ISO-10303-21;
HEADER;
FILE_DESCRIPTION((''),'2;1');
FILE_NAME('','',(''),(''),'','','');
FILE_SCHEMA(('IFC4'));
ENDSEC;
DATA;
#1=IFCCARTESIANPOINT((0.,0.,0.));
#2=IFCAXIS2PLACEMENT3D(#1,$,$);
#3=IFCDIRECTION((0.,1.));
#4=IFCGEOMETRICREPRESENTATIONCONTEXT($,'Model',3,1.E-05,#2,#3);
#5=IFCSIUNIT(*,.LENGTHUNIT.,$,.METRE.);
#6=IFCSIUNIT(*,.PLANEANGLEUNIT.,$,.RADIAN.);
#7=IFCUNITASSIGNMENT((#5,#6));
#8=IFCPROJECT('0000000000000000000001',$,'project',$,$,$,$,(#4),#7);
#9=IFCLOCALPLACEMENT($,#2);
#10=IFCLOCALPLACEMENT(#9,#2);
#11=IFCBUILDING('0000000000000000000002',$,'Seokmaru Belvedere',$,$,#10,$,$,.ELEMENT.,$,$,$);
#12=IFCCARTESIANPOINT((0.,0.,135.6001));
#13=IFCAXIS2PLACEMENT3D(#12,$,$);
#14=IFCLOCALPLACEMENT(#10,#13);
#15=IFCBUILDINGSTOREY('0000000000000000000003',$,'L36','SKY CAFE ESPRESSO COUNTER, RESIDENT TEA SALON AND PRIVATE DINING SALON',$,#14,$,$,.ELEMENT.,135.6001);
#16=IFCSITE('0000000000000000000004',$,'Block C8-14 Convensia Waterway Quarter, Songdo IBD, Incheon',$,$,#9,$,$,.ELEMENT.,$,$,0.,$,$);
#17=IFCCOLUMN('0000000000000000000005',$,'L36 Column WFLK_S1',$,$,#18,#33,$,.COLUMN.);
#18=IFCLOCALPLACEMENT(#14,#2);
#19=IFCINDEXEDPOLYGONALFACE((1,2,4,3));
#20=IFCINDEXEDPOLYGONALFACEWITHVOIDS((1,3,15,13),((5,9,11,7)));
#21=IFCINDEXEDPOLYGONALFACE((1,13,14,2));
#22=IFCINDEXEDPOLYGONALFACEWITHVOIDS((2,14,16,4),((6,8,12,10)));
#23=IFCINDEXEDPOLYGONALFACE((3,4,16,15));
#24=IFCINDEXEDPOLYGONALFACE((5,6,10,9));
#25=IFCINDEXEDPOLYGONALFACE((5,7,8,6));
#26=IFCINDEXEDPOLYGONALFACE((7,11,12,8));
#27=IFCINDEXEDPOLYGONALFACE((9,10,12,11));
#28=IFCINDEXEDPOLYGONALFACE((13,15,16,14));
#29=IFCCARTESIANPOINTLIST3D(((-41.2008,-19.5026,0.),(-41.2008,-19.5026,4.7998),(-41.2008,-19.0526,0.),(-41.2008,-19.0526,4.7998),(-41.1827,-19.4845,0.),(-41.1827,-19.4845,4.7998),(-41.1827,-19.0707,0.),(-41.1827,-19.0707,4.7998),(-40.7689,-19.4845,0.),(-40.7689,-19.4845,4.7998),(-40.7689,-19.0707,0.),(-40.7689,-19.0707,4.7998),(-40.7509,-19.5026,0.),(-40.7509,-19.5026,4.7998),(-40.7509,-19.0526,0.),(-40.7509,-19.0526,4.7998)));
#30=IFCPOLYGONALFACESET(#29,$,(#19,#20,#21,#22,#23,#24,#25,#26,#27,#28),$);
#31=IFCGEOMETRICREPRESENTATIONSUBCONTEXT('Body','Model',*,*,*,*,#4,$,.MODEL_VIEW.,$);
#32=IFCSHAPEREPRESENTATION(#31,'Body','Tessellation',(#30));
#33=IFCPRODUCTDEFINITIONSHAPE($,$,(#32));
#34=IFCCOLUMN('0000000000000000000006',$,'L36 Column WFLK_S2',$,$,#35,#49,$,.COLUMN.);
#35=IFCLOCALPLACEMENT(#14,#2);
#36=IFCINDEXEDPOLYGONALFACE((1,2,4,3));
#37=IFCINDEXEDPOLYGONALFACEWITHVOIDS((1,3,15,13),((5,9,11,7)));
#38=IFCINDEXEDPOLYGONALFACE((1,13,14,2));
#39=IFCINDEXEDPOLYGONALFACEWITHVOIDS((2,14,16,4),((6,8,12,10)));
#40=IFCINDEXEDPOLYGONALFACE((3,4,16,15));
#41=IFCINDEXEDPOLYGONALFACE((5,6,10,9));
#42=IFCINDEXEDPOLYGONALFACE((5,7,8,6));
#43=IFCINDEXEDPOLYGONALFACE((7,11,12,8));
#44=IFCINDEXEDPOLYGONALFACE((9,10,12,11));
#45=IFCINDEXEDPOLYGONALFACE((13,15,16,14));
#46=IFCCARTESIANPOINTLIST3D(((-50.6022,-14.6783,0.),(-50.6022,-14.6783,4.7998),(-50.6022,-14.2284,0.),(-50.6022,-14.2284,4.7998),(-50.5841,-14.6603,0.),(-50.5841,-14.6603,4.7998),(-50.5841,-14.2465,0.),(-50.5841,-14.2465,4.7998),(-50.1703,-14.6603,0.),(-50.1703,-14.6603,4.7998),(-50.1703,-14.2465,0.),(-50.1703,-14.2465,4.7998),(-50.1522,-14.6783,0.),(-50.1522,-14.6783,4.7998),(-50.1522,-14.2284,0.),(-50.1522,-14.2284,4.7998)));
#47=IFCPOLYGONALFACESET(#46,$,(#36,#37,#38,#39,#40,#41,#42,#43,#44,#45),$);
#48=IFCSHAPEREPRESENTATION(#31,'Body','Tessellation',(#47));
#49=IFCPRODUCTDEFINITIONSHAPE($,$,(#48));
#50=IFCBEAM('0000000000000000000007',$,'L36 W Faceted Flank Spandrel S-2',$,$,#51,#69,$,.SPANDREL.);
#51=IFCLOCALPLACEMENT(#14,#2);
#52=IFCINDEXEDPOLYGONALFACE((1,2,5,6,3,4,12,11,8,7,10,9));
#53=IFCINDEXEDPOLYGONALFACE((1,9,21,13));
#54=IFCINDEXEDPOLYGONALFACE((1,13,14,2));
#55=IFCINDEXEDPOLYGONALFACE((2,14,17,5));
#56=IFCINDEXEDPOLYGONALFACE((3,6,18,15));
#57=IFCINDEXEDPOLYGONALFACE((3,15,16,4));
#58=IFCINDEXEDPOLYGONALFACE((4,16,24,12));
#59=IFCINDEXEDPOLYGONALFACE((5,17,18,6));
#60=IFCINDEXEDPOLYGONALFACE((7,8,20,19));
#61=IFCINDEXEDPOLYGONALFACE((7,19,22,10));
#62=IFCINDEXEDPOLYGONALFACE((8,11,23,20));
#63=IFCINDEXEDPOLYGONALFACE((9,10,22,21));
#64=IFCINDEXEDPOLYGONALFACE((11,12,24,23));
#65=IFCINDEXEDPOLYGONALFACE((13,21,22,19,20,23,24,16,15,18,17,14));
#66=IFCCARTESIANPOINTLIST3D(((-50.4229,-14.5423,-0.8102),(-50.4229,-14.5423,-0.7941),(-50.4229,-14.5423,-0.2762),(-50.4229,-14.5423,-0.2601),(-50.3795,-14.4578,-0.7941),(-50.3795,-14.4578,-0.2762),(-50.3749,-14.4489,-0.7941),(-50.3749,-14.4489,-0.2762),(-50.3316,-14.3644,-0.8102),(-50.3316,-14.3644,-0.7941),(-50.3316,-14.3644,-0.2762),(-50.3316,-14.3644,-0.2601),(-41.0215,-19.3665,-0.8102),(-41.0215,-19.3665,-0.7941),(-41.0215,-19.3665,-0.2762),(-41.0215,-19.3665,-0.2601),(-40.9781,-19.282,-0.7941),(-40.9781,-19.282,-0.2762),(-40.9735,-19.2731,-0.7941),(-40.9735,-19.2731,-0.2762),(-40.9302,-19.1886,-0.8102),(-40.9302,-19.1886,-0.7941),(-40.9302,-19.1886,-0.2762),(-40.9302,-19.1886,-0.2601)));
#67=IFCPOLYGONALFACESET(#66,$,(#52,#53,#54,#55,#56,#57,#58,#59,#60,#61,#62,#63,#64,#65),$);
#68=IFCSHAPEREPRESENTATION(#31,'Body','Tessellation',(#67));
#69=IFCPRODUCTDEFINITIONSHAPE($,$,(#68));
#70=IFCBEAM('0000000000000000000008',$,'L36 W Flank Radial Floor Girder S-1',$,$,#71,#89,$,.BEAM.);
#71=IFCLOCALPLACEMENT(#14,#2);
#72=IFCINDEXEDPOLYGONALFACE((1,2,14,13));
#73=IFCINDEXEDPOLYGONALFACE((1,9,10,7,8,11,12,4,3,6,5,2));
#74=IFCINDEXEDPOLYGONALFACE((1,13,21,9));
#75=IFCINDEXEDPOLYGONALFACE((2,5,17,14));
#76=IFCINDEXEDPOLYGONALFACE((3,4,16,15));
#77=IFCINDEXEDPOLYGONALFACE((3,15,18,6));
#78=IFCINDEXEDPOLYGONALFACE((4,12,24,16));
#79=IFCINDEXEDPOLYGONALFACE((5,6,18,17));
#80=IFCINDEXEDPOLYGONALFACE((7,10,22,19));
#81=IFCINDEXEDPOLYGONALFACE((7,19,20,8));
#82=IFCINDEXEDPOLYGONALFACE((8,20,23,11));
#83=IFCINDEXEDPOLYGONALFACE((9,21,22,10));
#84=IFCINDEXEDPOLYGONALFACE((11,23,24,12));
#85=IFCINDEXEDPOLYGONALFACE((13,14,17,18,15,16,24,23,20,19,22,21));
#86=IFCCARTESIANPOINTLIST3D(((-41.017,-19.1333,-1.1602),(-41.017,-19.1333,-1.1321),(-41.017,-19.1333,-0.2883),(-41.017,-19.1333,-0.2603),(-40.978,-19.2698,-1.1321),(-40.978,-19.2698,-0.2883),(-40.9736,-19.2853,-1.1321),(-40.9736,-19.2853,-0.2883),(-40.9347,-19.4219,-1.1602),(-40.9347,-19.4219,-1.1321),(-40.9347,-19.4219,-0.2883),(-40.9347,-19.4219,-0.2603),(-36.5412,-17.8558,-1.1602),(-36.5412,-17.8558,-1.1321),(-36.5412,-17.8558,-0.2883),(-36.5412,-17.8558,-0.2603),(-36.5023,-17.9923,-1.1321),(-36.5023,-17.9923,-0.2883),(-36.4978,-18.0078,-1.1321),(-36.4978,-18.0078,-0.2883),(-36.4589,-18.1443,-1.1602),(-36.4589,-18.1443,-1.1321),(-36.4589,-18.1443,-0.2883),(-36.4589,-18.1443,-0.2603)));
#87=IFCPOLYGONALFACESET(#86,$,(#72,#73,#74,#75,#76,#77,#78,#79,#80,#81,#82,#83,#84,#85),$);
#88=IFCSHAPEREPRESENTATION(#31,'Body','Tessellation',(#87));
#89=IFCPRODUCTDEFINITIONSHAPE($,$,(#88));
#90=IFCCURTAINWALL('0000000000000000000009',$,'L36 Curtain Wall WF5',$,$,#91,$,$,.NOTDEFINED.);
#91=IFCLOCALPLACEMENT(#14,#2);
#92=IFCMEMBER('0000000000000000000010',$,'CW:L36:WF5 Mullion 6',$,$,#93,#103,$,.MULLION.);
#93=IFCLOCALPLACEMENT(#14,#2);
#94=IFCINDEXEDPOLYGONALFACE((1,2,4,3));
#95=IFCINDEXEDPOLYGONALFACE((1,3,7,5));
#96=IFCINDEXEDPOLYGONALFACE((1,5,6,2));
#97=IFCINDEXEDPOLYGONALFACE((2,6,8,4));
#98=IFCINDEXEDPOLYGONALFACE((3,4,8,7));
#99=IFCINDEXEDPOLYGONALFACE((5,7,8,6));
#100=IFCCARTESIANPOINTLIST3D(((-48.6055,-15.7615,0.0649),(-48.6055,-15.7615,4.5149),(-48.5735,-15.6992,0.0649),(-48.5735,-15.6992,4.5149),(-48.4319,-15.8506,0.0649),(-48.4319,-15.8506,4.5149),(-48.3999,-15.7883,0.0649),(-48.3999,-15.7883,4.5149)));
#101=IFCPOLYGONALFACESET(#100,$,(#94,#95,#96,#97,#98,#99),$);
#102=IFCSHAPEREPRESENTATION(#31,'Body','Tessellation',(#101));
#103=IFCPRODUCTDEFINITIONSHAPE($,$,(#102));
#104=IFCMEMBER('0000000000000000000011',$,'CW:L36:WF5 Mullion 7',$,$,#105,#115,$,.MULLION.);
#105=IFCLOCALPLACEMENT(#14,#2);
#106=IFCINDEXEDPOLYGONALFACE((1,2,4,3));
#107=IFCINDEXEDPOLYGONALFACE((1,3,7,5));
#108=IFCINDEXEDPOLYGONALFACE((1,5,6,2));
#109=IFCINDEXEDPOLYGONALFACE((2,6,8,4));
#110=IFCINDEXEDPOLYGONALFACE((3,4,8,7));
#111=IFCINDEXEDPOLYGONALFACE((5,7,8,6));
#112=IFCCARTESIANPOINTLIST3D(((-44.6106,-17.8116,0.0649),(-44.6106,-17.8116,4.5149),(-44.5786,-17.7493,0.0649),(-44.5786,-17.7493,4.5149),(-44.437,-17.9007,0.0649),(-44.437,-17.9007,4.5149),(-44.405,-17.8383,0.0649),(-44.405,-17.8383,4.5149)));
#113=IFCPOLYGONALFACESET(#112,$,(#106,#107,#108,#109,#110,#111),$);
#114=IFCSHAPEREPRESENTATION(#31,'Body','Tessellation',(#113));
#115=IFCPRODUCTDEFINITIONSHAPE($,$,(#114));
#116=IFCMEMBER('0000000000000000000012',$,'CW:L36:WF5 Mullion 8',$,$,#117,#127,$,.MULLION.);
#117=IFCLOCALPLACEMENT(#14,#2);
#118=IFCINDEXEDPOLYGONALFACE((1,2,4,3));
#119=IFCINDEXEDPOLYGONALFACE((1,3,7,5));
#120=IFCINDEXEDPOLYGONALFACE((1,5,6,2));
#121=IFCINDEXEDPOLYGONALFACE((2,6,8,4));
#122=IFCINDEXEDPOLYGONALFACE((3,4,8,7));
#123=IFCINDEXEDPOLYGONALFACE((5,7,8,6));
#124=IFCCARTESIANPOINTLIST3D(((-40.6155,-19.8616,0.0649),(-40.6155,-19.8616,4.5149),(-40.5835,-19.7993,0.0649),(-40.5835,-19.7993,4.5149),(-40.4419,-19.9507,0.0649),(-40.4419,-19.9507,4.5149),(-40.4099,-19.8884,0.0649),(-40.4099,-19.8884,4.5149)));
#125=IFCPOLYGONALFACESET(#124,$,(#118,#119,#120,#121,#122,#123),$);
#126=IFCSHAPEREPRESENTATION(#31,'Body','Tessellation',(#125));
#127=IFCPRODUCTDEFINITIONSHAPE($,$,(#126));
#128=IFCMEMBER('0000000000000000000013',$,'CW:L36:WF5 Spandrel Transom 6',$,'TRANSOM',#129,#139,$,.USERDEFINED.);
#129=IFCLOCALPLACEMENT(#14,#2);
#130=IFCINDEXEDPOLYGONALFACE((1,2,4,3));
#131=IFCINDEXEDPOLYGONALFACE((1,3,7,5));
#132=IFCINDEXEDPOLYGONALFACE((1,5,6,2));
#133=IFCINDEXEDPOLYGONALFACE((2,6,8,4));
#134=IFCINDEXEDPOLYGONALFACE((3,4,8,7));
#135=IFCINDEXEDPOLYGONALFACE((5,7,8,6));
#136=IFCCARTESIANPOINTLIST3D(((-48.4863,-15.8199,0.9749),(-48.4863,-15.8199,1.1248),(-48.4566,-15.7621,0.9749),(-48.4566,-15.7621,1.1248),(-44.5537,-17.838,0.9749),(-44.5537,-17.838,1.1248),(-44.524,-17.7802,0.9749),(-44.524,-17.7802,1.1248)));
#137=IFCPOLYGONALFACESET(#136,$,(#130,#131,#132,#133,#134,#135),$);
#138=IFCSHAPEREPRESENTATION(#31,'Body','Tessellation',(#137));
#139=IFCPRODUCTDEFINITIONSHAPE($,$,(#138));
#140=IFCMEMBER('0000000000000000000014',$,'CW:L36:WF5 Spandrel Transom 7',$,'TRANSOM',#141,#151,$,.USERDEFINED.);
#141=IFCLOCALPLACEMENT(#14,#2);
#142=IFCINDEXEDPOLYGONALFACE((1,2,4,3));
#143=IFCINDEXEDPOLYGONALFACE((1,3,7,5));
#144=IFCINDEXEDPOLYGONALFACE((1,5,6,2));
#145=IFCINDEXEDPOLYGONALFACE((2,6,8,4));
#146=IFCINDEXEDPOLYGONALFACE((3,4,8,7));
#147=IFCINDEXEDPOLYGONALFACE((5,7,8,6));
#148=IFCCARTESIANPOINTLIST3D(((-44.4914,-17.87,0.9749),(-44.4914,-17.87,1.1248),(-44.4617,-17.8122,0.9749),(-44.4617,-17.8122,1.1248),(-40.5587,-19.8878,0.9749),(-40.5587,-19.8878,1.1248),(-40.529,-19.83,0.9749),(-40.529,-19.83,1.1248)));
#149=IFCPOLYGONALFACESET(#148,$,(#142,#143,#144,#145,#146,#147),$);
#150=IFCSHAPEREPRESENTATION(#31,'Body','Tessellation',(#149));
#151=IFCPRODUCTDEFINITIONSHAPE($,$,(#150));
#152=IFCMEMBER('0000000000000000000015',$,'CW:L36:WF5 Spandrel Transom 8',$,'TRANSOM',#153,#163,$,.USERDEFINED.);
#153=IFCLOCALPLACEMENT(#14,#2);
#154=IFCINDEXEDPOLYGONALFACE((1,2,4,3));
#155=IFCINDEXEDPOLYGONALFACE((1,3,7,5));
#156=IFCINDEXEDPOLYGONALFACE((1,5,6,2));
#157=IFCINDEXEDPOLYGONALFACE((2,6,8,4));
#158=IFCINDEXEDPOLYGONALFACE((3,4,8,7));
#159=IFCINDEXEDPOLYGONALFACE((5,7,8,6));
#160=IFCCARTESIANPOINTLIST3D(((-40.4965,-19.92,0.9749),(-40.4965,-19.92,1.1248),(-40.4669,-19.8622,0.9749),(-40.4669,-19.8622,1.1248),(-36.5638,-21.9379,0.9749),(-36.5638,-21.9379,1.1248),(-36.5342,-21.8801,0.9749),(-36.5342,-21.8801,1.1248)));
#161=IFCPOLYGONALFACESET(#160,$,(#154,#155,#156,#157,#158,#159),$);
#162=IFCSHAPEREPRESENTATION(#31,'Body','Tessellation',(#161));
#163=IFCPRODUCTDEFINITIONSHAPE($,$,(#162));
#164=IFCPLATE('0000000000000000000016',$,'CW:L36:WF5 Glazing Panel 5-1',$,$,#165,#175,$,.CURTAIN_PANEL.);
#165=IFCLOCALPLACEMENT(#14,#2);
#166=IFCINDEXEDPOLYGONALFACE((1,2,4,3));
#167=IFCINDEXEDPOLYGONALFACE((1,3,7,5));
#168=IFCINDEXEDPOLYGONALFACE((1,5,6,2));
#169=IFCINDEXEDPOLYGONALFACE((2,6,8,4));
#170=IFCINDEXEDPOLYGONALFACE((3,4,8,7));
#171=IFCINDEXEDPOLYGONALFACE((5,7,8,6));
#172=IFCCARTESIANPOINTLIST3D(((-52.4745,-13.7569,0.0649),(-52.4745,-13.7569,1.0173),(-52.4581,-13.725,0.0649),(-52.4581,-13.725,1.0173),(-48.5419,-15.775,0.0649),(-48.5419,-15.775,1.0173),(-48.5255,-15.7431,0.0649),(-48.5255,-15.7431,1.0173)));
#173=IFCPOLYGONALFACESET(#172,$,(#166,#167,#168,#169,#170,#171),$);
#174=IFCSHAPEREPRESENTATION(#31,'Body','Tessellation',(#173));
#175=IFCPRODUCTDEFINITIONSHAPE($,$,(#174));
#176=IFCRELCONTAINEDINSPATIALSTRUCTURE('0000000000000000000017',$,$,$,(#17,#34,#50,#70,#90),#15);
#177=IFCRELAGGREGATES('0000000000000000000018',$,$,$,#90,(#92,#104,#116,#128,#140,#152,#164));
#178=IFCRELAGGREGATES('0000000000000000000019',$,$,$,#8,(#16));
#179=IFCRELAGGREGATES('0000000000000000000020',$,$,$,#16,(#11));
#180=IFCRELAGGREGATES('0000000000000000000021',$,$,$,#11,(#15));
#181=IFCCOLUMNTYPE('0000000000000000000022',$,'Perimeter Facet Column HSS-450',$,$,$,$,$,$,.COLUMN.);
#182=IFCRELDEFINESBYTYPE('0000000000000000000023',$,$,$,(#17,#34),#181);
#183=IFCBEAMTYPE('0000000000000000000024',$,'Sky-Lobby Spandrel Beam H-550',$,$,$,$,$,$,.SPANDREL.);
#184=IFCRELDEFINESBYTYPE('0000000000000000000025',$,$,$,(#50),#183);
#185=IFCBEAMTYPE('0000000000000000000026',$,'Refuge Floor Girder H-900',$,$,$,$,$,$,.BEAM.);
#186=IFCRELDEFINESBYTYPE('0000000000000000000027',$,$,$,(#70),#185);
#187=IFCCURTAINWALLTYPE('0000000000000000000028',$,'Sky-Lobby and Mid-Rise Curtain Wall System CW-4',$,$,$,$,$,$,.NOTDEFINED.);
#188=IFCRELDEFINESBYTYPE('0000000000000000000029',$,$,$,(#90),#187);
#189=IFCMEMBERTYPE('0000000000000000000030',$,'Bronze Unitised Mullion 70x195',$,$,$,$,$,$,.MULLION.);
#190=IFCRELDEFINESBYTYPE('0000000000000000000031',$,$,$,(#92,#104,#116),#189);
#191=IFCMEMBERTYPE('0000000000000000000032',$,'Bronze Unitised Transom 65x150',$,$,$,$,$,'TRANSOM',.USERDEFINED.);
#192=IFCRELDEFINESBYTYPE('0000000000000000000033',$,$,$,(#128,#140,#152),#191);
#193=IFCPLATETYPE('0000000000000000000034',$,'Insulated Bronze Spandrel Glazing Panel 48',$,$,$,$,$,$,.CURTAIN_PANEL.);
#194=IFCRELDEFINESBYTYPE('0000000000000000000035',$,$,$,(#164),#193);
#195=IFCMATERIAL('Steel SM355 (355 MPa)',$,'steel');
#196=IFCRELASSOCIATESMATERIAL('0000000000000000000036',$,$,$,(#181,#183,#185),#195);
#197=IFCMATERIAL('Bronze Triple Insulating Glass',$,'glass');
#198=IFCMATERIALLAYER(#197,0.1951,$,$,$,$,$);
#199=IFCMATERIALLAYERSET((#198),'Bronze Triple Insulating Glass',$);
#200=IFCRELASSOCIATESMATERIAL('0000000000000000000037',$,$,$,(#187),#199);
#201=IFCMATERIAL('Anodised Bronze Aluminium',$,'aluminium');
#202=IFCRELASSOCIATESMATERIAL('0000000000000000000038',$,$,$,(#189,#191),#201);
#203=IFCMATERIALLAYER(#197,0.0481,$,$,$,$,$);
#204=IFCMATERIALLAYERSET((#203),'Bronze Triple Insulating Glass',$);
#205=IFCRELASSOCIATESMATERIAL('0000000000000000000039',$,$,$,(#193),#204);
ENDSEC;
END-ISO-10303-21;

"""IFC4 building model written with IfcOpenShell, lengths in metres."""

from ifc_helpers import new_model, si_unit, direction, frame, origin, origin_2d, place, context, subcontext, project, spatial, rectangle, hollow_rectangle, i_section, extrude, source, transform, mapped, material, layer, layer_set, material_profile, profile_set, type_object, type_shapes, element, aggregate, save


model = new_model("IFC4")

# Units and contexts
model_context = context("Model", 3, precision=1e-05, world=origin(), true_north=direction((0.0, 1.0)))
body_context = subcontext(model_context, "Body", "Model", "MODEL_VIEW")
ifc_project = project(units=[si_unit("LENGTHUNIT", "METRE"), si_unit("PLANEANGLEUNIT", "RADIAN")], contexts=[model_context])

# Site, building, storey
site_placement = place(None, origin())
site = spatial("IfcSite", under=ifc_project, at=site_placement, Name="Block C8-14 Convensia Waterway Quarter, Songdo IBD, Incheon", CompositionType="ELEMENT", RefElevation=0.0)
building_placement = place(site_placement, origin())
building = spatial("IfcBuilding", under=site, at=building_placement, Name="Seokmaru Belvedere", CompositionType="ELEMENT")
storey_placement = place(building_placement, frame((0.0, 0.0, 135.6001)))
storey = spatial("IfcBuildingStorey", under=building, at=storey_placement, Name="L36", Description="SKY CAFE ESPRESSO COUNTER, RESIDENT TEA SALON AND PRIVATE DINING SALON", CompositionType="ELEMENT", Elevation=135.6001)

# Columns
ifc_material_1 = material(Name="Steel SM355 (355 MPa)", Category="steel")
ifc_material_profile_1 = material_profile(ifc_material_1, hollow_rectangle(XDim=0.45, YDim=0.45, WallThickness=0.0181, at=origin_2d()), Name="HSS-450x450x18")
ifc_profile_set_1 = profile_set([ifc_material_profile_1], Name="Steel SM355 (355 MPa)")
column_type = type_object("IfcColumnType", Name="Perimeter Facet Column HSS-450", PredefinedType="COLUMN", material=ifc_profile_set_1)
shared_shape_1 = source(origin(), body_context, "Body", "SweptSolid", [
    extrude(hollow_rectangle(XDim=0.45, YDim=0.45, WallThickness=0.0181, at=origin_2d()), origin(), (0.0, 0.0, 1.0), 4.7998),
])
type_shapes(column_type, [shared_shape_1])
for number, where, z_axis, x_axis, name in (
    (1, (-40.9758, -19.2776, 0.0), (0.0, 0.0, 1.0), (1.0, 0.0, 0.0), "L36 Column WFLK_S1"),
    (2, (-50.3772, -14.4534, 0.0), (0.0, 0.0, 1.0), (1.0, 0.0, 0.0), "L36 Column WFLK_S2"),
):
    element("IfcColumn", number, at=place(storey_placement, frame(where, z_axis=z_axis, x_axis=x_axis)), inside=storey, type_object=column_type, Name=name, PredefinedType="COLUMN", context=body_context, shape_type="MappedRepresentation", body=[
        mapped(shared_shape_1, transform((0.0, 0.0, 0.0), scale=1.0)),
    ])

# Beams
ifc_material_profile_2 = material_profile(ifc_material_1, i_section(OverallWidth=0.2, OverallDepth=0.55, WebThickness=0.01, FlangeThickness=0.0161, at=origin_2d()), Name="H-550x200x10x16")
ifc_profile_set_2 = profile_set([ifc_material_profile_2], Name="Steel SM355 (355 MPa)")
beam_type_1 = type_object("IfcBeamType", Name="Sky-Lobby Spandrel Beam H-550", PredefinedType="SPANDREL", material=ifc_profile_set_2)
shared_shape_2 = source(origin(), body_context, "Body", "SweptSolid", [
    extrude(i_section(OverallWidth=0.2, OverallDepth=0.55, WebThickness=0.01, FlangeThickness=0.0161, at=origin_2d()), origin(), (0.0, 0.0, 1.0), 10.5669),
])
type_shapes(beam_type_1, [shared_shape_2])
beam_1_placement = place(storey_placement, frame((-40.9758, -19.2776, -0.5352), z_axis=(-0.889702, 0.456542, 0.0), x_axis=(-0.456542, -0.889702, 0.0)))
element("IfcBeam", 3, at=beam_1_placement, inside=storey, type_object=beam_type_1, Name="L36 W Faceted Flank Spandrel S-2", PredefinedType="SPANDREL", context=body_context, shape_type="MappedRepresentation", body=[
    mapped(shared_shape_2, transform((0.0, 0.0, 0.0), scale=1.0)),
])
ifc_material_profile_3 = material_profile(ifc_material_1, i_section(OverallWidth=0.3, OverallDepth=0.8999, WebThickness=0.0161, FlangeThickness=0.0281, at=origin_2d()), Name="H-900x300x16x28")
ifc_profile_set_3 = profile_set([ifc_material_profile_3], Name="Steel SM355 (355 MPa)")
beam_type_2 = type_object("IfcBeamType", Name="Refuge Floor Girder H-900", PredefinedType="BEAM", material=ifc_profile_set_3)
shared_shape_3 = source(origin(), body_context, "Body", "SweptSolid", [
    extrude(i_section(OverallWidth=0.3, OverallDepth=0.8999, WebThickness=0.0161, FlangeThickness=0.0281, at=origin_2d()), origin(), (0.0, 0.0, 1.0), 4.6545),
])
type_shapes(beam_type_2, [shared_shape_3])
beam_2_placement = place(storey_placement, frame((-40.9758, -19.2776, -0.7102), z_axis=(0.961593, 0.274479, 0.0), x_axis=(-0.274479, 0.961593, 0.0)))
element("IfcBeam", 4, at=beam_2_placement, inside=storey, type_object=beam_type_2, Name="L36 W Flank Radial Floor Girder S-1", PredefinedType="BEAM", context=body_context, shape_type="MappedRepresentation", body=[
    mapped(shared_shape_3, transform((0.0, 0.0, 0.0), scale=1.0)),
])

# Curtain wall, members, plate
ifc_material_2 = material(Name="Bronze Triple Insulating Glass", Category="glass")
ifc_layer_1 = layer(ifc_material_2, 0.1951)
ifc_layer_set_1 = layer_set([ifc_layer_1], Name="Bronze Triple Insulating Glass")
curtain_wall_type = type_object("IfcCurtainWallType", Name="Sky-Lobby and Mid-Rise Curtain Wall System CW-4", PredefinedType="NOTDEFINED", material=ifc_layer_set_1)
curtain_wall_placement = place(storey_placement, origin())
curtain_wall = element("IfcCurtainWall", 5, at=curtain_wall_placement, inside=storey, type_object=curtain_wall_type, Name="L36 Curtain Wall WF5", PredefinedType="NOTDEFINED")
ifc_material_3 = material(Name="Anodised Bronze Aluminium", Category="aluminium")
ifc_material_profile_4 = material_profile(ifc_material_3, rectangle(XDim=0.0701, YDim=0.1951, at=origin_2d()), Name="CW-M-70x195")
ifc_profile_set_4 = profile_set([ifc_material_profile_4], Name="Anodised Bronze Aluminium")
member_type_1 = type_object("IfcMemberType", Name="Bronze Unitised Mullion 70x195", PredefinedType="MULLION", material=ifc_profile_set_4)
shared_shape_4 = source(origin(), body_context, "Body", "SweptSolid", [
    extrude(rectangle(XDim=0.0701, YDim=0.1951, at=origin_2d()), origin(), (0.0, 0.0, 1.0), 4.45),
])
type_shapes(member_type_1, [shared_shape_4])
member_1_placement = place(storey_placement, frame((-48.5027, -15.7749, 0.0649), z_axis=(0.0, 0.0, 1.0), x_axis=(0.456555, 0.889695, 0.0)))
member_1 = element("IfcMember", 6, at=member_1_placement, type_object=member_type_1, Name="CW:L36:WF5 Mullion 6", PredefinedType="MULLION", context=body_context, shape_type="MappedRepresentation", body=[
    mapped(shared_shape_4, transform((0.0, 0.0, 0.0), scale=1.0)),
])
member_2_placement = place(storey_placement, frame((-44.5078, -17.825, 0.0649), z_axis=(0.0, 0.0, 1.0), x_axis=(0.456555, 0.889695, 0.0)))
member_2 = element("IfcMember", 7, at=member_2_placement, type_object=member_type_1, Name="CW:L36:WF5 Mullion 7", PredefinedType="MULLION", context=body_context, shape_type="MappedRepresentation", body=[
    mapped(shared_shape_4, transform((0.0, 0.0, 0.0), scale=1.0)),
])
member_3_placement = place(storey_placement, frame((-40.5127, -19.875, 0.0649), z_axis=(0.0, 0.0, 1.0), x_axis=(0.456555, 0.889695, 0.0)))
member_3 = element("IfcMember", 8, at=member_3_placement, type_object=member_type_1, Name="CW:L36:WF5 Mullion 8", PredefinedType="MULLION", context=body_context, shape_type="MappedRepresentation", body=[
    mapped(shared_shape_4, transform((0.0, 0.0, 0.0), scale=1.0)),
])
ifc_material_profile_5 = material_profile(ifc_material_3, rectangle(XDim=0.0649, YDim=0.1499, at=origin_2d()), Name="CW-T-65x150")
ifc_profile_set_5 = profile_set([ifc_material_profile_5], Name="Anodised Bronze Aluminium")
member_type_2 = type_object("IfcMemberType", Name="Bronze Unitised Transom 65x150", ElementType="TRANSOM", PredefinedType="USERDEFINED", material=ifc_profile_set_5)
shared_shape_5 = source(origin(), body_context, "Body", "SweptSolid", [
    extrude(rectangle(XDim=0.0649, YDim=0.1499, at=origin_2d()), origin(), (0.0, 0.0, 1.0), 4.4202),
])
type_shapes(member_type_2, [shared_shape_5])
member_4_placement = place(storey_placement, frame((-48.4714, -15.791, 1.0498), z_axis=(0.889694, -0.456557, 0.0), x_axis=(0.456557, 0.889694, 0.0)))
member_4 = element("IfcMember", 9, at=member_4_placement, type_object=member_type_2, Name="CW:L36:WF5 Spandrel Transom 6", ObjectType="TRANSOM", PredefinedType="USERDEFINED", context=body_context, shape_type="MappedRepresentation", body=[
    mapped(shared_shape_5, transform((0.0, 0.0, 0.0), scale=1.0)),
])
member_5_placement = place(storey_placement, frame((-44.4766, -17.8411, 1.0498), z_axis=(0.889717, -0.456513, 0.0), x_axis=(0.456513, 0.889717, 0.0)))
member_5 = element("IfcMember", 10, at=member_5_placement, type_object=member_type_2, Name="CW:L36:WF5 Spandrel Transom 7", ObjectType="TRANSOM", PredefinedType="USERDEFINED", context=body_context, shape_type="MappedRepresentation", body=[
    mapped(shared_shape_5, transform((0.0, 0.0, 0.0), scale=1.0)),
])
member_6_placement = place(storey_placement, frame((-40.4817, -19.8911, 1.0498), z_axis=(0.889717, -0.456513, 0.0), x_axis=(0.456513, 0.889717, 0.0)))
member_6 = element("IfcMember", 11, at=member_6_placement, type_object=member_type_2, Name="CW:L36:WF5 Spandrel Transom 8", ObjectType="TRANSOM", PredefinedType="USERDEFINED", context=body_context, shape_type="MappedRepresentation", body=[
    mapped(shared_shape_5, transform((0.0, 0.0, 0.0), scale=1.0)),
])
ifc_layer_2 = layer(ifc_material_2, 0.0481)
ifc_layer_set_2 = layer_set([ifc_layer_2], Name="Bronze Triple Insulating Glass")
plate_type_1 = type_object("IfcPlateType", Name="Insulated Bronze Spandrel Glazing Panel 48", PredefinedType="CURTAIN_PANEL", material=ifc_layer_set_2)
shared_shape_6 = source(origin(), body_context, "Body", "SweptSolid", [
    extrude(rectangle(XDim=4.4202, YDim=0.0359, at=origin_2d()), origin(), (0.0, 0.0, 1.0), 0.9524),
])
type_shapes(plate_type_1, [shared_shape_6])
plate_1_placement = place(storey_placement, frame((-50.5, -14.75, 0.0649), z_axis=(0.0, 0.0, 1.0), x_axis=(0.889695, -0.456555, 0.0)))
plate_1 = element("IfcPlate", 12, at=plate_1_placement, type_object=plate_type_1, Name="CW:L36:WF5 Glazing Panel 5-1", PredefinedType="CURTAIN_PANEL", context=body_context, shape_type="MappedRepresentation", body=[
    mapped(shared_shape_6, transform((0.0, 0.0, 0.0), scale=1.0)),
])
aggregate(curtain_wall, [member_1, member_2, member_3, member_4, member_5, member_6, plate_1])

save(model, "model.ifc")
